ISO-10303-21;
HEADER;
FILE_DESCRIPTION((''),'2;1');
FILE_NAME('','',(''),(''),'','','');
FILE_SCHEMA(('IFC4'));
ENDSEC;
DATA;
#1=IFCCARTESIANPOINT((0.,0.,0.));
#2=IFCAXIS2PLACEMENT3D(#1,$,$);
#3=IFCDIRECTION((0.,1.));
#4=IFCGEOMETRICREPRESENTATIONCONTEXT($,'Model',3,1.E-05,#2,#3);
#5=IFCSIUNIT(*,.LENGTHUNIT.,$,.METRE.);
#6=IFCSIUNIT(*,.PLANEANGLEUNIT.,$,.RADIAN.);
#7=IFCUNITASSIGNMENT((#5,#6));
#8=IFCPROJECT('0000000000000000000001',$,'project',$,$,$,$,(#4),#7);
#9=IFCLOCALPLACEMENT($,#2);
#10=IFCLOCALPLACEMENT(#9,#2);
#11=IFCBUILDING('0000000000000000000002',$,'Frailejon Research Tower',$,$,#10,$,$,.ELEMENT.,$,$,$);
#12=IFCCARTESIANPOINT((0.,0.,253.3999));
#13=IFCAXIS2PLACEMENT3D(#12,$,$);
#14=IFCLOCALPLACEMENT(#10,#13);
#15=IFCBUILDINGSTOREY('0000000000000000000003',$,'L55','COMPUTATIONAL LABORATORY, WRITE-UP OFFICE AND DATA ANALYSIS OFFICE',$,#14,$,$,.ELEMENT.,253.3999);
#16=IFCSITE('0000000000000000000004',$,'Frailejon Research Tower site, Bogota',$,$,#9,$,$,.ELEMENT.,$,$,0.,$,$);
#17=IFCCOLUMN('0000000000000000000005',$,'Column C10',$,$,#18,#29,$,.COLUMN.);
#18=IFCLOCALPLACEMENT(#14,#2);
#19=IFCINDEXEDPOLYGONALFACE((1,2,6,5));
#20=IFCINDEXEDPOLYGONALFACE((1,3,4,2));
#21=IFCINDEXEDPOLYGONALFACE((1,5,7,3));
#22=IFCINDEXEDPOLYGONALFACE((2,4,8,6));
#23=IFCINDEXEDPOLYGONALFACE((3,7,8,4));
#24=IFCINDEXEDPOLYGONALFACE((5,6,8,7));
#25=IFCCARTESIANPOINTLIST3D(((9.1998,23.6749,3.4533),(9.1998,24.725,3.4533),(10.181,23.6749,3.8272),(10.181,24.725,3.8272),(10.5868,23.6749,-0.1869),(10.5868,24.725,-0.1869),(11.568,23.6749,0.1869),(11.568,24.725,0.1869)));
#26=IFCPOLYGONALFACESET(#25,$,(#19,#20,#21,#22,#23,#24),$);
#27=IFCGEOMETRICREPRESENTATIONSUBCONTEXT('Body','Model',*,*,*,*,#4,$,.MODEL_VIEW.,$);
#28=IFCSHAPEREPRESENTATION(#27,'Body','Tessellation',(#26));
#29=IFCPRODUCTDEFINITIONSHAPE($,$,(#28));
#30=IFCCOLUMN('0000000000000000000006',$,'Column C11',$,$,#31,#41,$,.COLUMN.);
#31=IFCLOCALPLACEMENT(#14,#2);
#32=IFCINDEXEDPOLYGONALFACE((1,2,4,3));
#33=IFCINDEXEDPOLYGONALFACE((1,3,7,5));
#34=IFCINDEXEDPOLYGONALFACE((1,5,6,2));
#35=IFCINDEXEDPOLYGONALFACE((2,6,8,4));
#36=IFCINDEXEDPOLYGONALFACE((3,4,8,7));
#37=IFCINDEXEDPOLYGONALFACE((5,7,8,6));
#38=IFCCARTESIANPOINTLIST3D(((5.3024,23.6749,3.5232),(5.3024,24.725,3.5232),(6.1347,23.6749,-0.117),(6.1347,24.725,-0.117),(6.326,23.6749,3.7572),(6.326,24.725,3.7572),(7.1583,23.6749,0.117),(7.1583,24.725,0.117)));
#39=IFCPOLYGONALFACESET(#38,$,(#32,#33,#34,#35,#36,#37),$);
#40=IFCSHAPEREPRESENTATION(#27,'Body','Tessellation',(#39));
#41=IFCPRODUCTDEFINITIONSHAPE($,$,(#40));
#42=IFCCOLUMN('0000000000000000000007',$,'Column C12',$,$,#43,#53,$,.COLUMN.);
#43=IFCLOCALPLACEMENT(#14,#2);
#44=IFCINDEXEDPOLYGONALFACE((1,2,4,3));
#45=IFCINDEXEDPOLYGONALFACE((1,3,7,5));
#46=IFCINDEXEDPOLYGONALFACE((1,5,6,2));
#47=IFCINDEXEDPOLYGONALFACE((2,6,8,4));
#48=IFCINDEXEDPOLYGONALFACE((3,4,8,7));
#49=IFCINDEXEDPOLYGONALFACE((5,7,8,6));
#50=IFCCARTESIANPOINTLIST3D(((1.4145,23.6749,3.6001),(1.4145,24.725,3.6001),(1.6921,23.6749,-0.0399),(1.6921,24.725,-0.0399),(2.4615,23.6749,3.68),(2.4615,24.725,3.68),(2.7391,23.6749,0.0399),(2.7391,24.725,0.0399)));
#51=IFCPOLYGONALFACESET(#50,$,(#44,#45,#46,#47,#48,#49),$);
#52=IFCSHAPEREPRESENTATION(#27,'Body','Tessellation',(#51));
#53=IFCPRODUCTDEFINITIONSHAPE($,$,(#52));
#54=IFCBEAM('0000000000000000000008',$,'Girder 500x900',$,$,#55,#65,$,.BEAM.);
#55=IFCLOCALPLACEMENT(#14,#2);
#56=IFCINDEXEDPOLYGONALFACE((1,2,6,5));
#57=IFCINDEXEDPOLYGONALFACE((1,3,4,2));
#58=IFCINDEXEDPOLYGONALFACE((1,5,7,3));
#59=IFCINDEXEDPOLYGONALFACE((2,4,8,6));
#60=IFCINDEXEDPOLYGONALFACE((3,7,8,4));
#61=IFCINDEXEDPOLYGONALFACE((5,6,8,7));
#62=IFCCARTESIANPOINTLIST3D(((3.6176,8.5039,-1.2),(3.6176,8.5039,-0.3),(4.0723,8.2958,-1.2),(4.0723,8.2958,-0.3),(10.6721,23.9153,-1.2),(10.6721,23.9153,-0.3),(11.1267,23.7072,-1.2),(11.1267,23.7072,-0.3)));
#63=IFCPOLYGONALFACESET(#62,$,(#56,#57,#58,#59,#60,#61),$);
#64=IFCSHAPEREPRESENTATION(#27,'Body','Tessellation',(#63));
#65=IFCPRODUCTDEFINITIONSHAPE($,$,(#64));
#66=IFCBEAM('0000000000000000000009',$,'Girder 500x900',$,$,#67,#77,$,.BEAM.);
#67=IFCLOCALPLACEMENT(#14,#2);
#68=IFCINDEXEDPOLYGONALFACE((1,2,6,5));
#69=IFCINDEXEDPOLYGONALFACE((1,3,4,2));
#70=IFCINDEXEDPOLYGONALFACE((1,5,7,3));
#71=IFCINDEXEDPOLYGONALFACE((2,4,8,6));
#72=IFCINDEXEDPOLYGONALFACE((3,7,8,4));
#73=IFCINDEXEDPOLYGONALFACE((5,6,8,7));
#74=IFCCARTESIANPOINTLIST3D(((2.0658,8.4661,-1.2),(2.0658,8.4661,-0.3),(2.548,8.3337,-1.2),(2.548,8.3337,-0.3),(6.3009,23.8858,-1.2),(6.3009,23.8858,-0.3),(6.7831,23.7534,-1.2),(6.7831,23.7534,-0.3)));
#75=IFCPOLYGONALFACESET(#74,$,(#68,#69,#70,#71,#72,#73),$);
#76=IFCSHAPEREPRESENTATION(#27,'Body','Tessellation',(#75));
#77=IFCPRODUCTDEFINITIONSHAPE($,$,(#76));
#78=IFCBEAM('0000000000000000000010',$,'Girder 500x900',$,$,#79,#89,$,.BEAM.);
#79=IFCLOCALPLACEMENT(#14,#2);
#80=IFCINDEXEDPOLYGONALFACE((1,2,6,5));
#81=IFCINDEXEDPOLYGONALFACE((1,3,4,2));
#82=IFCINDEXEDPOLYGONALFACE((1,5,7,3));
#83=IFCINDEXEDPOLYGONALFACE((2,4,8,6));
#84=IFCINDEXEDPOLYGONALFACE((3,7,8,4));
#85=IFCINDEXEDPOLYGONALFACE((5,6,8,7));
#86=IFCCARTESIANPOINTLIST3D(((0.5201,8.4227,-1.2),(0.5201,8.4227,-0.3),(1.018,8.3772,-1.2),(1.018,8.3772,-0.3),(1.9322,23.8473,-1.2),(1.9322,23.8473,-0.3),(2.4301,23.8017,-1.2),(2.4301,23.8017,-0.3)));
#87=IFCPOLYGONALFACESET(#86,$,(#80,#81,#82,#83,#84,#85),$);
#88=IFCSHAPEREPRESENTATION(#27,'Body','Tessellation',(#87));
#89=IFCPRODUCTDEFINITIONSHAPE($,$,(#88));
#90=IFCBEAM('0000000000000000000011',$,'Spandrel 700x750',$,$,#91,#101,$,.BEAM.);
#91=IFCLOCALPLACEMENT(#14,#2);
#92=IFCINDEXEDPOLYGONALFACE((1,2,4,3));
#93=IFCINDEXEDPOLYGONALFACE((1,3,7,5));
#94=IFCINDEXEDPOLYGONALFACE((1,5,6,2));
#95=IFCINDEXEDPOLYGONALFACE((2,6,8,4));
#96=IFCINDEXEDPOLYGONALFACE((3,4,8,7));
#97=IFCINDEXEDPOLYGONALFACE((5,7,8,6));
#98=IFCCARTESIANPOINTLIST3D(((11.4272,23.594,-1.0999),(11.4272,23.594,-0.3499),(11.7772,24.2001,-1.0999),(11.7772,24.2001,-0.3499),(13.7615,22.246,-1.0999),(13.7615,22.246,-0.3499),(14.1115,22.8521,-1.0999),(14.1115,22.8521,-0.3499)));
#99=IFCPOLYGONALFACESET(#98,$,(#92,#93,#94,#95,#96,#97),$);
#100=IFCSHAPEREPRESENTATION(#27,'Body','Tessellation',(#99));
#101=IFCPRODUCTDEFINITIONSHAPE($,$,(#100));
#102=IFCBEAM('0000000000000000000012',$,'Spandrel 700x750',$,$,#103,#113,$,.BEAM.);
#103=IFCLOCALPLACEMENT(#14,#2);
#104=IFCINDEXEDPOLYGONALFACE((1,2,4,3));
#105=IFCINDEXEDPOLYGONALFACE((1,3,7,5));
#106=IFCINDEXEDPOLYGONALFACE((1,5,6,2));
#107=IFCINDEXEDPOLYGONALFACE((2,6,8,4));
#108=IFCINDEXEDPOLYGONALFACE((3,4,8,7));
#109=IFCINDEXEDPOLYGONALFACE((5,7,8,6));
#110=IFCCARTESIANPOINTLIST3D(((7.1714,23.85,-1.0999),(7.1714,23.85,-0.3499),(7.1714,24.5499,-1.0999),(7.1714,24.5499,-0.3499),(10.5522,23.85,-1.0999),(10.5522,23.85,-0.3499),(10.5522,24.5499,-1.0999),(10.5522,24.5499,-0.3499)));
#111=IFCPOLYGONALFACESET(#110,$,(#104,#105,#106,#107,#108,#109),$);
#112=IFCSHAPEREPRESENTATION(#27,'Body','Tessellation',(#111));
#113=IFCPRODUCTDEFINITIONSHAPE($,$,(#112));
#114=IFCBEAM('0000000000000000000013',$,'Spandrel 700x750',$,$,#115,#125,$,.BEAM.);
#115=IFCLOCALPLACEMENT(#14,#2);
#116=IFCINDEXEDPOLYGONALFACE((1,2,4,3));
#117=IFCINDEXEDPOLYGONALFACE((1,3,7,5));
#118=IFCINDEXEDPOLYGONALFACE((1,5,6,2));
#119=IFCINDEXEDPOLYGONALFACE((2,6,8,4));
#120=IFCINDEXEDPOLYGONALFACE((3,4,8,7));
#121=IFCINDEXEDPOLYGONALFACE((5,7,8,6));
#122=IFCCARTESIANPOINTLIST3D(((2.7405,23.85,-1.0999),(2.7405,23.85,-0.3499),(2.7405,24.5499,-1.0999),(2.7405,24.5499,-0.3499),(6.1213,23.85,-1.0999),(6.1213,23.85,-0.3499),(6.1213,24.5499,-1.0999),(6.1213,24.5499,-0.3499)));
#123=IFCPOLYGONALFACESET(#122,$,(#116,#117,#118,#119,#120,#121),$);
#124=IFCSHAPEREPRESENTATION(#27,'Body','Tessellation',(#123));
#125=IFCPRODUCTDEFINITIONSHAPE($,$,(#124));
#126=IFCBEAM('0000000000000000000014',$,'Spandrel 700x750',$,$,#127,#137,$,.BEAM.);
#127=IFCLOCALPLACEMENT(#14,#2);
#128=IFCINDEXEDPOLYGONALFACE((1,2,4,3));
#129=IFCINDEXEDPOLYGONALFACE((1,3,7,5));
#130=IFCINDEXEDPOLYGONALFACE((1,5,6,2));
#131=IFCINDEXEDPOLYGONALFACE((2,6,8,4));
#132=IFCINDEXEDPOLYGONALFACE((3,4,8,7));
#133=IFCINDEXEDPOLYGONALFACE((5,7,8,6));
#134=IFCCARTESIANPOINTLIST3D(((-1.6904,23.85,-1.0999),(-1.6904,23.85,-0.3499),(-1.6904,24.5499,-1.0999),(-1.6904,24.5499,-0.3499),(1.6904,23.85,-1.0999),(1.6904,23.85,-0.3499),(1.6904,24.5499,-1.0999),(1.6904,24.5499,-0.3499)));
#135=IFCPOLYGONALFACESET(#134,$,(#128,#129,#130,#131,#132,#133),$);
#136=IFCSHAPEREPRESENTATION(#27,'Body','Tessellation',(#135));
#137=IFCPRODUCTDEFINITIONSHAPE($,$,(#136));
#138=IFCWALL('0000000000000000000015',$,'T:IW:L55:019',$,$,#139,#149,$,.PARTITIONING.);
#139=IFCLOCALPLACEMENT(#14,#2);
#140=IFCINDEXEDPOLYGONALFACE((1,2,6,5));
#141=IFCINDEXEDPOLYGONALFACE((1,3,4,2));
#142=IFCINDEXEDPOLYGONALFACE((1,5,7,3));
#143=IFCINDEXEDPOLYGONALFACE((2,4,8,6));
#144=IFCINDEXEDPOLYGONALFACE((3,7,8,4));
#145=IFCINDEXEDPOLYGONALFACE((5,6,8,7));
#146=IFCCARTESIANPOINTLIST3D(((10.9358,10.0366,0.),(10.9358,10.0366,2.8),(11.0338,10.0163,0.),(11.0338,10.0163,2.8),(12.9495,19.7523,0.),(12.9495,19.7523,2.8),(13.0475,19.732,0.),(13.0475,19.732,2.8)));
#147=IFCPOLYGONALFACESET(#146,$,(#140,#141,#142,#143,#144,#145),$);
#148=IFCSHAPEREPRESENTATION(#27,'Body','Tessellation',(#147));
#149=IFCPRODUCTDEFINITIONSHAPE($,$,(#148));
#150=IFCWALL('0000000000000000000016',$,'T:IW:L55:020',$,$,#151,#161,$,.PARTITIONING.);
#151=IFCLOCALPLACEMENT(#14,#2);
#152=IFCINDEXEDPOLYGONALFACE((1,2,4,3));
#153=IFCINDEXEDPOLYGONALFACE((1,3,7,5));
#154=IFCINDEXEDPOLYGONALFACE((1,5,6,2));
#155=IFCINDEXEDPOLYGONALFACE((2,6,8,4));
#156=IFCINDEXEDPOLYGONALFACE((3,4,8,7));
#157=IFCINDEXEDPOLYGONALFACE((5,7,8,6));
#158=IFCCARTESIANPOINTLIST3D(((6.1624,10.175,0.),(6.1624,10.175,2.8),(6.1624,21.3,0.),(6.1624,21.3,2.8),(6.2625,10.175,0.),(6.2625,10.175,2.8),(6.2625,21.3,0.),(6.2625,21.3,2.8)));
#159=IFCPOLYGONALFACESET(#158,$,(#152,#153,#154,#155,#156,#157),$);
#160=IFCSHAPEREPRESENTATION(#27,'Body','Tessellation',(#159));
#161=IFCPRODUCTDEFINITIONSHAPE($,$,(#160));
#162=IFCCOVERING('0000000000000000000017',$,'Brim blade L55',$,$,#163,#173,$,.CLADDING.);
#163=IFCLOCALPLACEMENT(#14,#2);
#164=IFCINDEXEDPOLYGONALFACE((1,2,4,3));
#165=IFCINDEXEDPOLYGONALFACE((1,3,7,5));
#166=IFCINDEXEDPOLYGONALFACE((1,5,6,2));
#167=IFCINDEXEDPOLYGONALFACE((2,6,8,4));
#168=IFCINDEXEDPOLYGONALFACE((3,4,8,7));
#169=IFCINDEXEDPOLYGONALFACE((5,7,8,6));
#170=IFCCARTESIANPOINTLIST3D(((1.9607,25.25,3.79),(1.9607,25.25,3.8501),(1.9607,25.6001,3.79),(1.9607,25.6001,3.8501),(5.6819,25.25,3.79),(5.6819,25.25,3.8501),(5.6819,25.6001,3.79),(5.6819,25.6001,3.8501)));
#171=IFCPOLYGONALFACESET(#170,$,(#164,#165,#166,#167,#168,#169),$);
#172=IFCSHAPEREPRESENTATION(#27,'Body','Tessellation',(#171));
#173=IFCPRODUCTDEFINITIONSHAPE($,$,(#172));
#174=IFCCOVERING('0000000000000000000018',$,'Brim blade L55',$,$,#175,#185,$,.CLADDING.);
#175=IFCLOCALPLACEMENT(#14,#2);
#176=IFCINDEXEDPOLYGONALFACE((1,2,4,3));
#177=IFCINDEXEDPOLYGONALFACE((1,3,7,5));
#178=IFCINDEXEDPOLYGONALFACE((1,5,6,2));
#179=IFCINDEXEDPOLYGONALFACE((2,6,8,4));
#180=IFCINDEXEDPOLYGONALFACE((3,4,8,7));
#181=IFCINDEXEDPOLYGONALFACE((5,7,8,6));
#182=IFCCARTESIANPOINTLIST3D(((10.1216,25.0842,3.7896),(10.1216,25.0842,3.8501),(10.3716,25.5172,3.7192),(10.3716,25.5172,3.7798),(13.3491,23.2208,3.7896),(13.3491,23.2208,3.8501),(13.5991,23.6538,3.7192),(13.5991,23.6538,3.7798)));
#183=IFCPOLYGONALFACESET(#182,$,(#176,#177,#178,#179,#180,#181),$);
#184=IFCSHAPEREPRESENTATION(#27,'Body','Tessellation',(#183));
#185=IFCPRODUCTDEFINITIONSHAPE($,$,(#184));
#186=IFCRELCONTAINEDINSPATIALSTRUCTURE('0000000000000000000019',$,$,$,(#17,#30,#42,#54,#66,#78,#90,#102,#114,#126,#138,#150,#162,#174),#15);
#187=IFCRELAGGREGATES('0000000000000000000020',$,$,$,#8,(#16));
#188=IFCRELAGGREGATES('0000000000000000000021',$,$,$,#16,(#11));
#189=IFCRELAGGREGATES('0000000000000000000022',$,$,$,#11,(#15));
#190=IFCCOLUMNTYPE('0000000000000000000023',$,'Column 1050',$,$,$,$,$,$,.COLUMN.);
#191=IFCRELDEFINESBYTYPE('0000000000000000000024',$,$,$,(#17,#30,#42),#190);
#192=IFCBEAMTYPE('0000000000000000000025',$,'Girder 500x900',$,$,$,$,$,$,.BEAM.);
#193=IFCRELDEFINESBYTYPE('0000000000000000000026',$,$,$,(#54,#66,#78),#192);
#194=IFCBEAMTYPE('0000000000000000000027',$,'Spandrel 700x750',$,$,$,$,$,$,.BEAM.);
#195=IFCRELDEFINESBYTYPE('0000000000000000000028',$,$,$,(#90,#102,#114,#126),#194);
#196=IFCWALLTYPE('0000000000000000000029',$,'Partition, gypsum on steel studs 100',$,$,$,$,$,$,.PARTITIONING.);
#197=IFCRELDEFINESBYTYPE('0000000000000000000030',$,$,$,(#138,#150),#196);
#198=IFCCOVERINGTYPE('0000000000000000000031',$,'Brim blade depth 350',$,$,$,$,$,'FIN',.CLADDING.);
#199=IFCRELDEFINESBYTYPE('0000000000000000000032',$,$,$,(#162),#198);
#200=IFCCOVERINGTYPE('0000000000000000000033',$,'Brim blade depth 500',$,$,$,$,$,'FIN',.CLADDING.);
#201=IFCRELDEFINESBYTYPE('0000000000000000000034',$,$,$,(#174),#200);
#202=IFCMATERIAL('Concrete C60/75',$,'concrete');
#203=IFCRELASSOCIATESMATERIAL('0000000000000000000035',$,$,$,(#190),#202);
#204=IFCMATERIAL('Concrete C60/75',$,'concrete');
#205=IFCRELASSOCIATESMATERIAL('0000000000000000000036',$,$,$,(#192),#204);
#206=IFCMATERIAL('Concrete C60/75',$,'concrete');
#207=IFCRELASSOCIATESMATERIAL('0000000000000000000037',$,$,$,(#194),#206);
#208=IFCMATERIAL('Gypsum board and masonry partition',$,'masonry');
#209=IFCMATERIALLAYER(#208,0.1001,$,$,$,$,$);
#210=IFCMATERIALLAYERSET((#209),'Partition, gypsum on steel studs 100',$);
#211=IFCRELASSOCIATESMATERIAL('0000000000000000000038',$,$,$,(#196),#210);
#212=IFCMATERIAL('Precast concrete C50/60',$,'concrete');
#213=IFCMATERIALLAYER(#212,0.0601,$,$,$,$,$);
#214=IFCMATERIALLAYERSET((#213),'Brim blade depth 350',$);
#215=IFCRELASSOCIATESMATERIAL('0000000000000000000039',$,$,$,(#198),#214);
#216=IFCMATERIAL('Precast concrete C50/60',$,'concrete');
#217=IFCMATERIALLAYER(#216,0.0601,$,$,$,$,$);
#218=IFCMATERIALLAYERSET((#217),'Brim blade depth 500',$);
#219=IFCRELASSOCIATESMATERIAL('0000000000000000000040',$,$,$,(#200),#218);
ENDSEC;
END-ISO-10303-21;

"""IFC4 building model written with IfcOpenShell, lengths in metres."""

from ifc_helpers import new_model, si_unit, direction, frame, frame_2d, origin, origin_2d, place, context, subcontext, project, spatial, polyline, rectangle, outline, extrude, material, layer, layer_set, material_profile, profile_set, type_object, element, save


model = new_model("IFC4")

# Units and contexts
model_context = context("Model", 3, precision=1e-05, world=origin(), true_north=direction((0.0, 1.0)))
body_context = subcontext(model_context, "Body", "Model", "MODEL_VIEW")
ifc_project = project(units=[si_unit("LENGTHUNIT", "METRE"), si_unit("PLANEANGLEUNIT", "RADIAN")], contexts=[model_context])

# Site, building, storey
site_placement = place(None, origin())
site = spatial("IfcSite", under=ifc_project, at=site_placement, Name="Frailejon Research Tower site, Bogota", CompositionType="ELEMENT", RefElevation=0.0)
building_placement = place(site_placement, origin())
building = spatial("IfcBuilding", under=site, at=building_placement, Name="Frailejon Research Tower", CompositionType="ELEMENT")
storey_placement = place(building_placement, frame((0.0, 0.0, 253.3999)))
storey = spatial("IfcBuildingStorey", under=building, at=storey_placement, Name="L55", Description="COMPUTATIONAL LABORATORY, WRITE-UP OFFICE AND DATA ANALYSIS OFFICE", CompositionType="ELEMENT", Elevation=253.3999)

# Columns
ifc_material_1 = material(Name="Concrete C60/75", Category="concrete")
ifc_material_profile_1 = material_profile(ifc_material_1, rectangle(XDim=1.05, YDim=1.05, at=origin_2d()), Name="Column 1050")
ifc_profile_set_1 = profile_set([ifc_material_profile_1], Name="Concrete C60/75")
column_type = type_object("IfcColumnType", Name="Column 1050", PredefinedType="COLUMN", material=ifc_profile_set_1)
column_1_placement = place(storey_placement, frame((11.0774, 24.2, 0.0), z_axis=(-0.35605, 0.0, 0.934467), x_axis=(-0.934467, 0.0, -0.35605)))
element("IfcColumn", 1, at=column_1_placement, inside=storey, type_object=column_type, Name="Column C10", PredefinedType="COLUMN", context=body_context, shape_type="SweptSolid", body=[
    extrude(rectangle(XDim=1.05, YDim=1.05, at=origin_2d()), origin(), (0.0, 0.0, 1.0), 3.8955),
])
column_2_placement = place(storey_placement, frame((6.6465, 24.2, 0.0), z_axis=(-0.222887, 0.0, 0.974844), x_axis=(-0.974844, 0.0, -0.222887)))
element("IfcColumn", 2, at=column_2_placement, inside=storey, type_object=column_type, Name="Column C11", PredefinedType="COLUMN", context=body_context, shape_type="SweptSolid", body=[
    extrude(rectangle(XDim=1.05, YDim=1.05, at=origin_2d()), origin(), (0.0, 0.0, 1.0), 3.7341),
])
column_3_placement = place(storey_placement, frame((2.2156, 24.2, 0.0), z_axis=(-0.076037, 0.0, 0.997105), x_axis=(-0.997105, 0.0, -0.076037)))
element("IfcColumn", 3, at=column_3_placement, inside=storey, type_object=column_type, Name="Column C12", PredefinedType="COLUMN", context=body_context, shape_type="SweptSolid", body=[
    extrude(rectangle(XDim=1.05, YDim=1.05, at=origin_2d()), origin(), (0.0, 0.0, 1.0), 3.6506),
])

# Beams
ifc_material_2 = material(Name="Concrete C60/75", Category="concrete")
ifc_material_profile_2 = material_profile(ifc_material_2, rectangle(XDim=0.5, YDim=0.8999, at=origin_2d()), Name="Girder 500x900")
ifc_profile_set_2 = profile_set([ifc_material_profile_2], Name="Concrete C60/75")
beam_type_1 = type_object("IfcBeamType", Name="Girder 500x900", PredefinedType="BEAM", material=ifc_profile_set_2)
beam_1_placement = place(storey_placement, frame((10.8994, 23.8113, -0.75), z_axis=(-0.416211, -0.909268, 0.0), x_axis=(0.909268, -0.416211, 0.0)))
element("IfcBeam", 4, at=beam_1_placement, inside=storey, type_object=beam_type_1, Name="Girder 500x900", PredefinedType="BEAM", context=body_context, shape_type="SweptSolid", body=[
    extrude(rectangle(XDim=0.5, YDim=0.8999, at=origin_2d()), origin(), (0.0, 0.0, 1.0), 16.9492),
])
beam_2_placement = place(storey_placement, frame((6.542, 23.8196, -0.75), z_axis=(-0.264848, -0.96429, 0.0), x_axis=(0.96429, -0.264848, 0.0)))
element("IfcBeam", 5, at=beam_2_placement, inside=storey, type_object=beam_type_1, Name="Girder 500x900", PredefinedType="BEAM", context=body_context, shape_type="SweptSolid", body=[
    extrude(rectangle(XDim=0.5, YDim=0.8999, at=origin_2d()), origin(), (0.0, 0.0, 1.0), 15.9907),
])
beam_3_placement = place(storey_placement, frame((2.1812, 23.8245, -0.75), z_axis=(-0.091168, -0.995836, 0.0), x_axis=(0.995836, -0.091168, 0.0)))
element("IfcBeam", 6, at=beam_3_placement, inside=storey, type_object=beam_type_1, Name="Girder 500x900", PredefinedType="BEAM", context=body_context, shape_type="SweptSolid", body=[
    extrude(rectangle(XDim=0.5, YDim=0.8999, at=origin_2d()), origin(), (0.0, 0.0, 1.0), 15.489),
])
ifc_material_3 = material(Name="Concrete C60/75", Category="concrete")
ifc_material_profile_3 = material_profile(ifc_material_3, rectangle(XDim=0.7, YDim=0.75, at=origin_2d()), Name="Spandrel 700x750")
ifc_profile_set_3 = profile_set([ifc_material_profile_3], Name="Concrete C60/75")
beam_type_2 = type_object("IfcBeamType", Name="Spandrel 700x750", PredefinedType="BEAM", material=ifc_profile_set_3)
beam_4_placement = place(storey_placement, frame((13.9365, 22.5491, -0.7249), z_axis=(-0.865988, 0.500065, 0.0), x_axis=(-0.500065, -0.865988, 0.0)))
element("IfcBeam", 7, at=beam_4_placement, inside=storey, type_object=beam_type_2, Name="Spandrel 700x750", PredefinedType="BEAM", context=body_context, shape_type="SweptSolid", body=[
    extrude(rectangle(XDim=0.7, YDim=0.75, at=origin_2d()), origin(), (0.0, 0.0, 1.0), 2.6956),
])
for number, where, z_axis, x_axis, name in (
    (8, (10.5522, 24.2, -0.7249), (-1.0, 0.0, 0.0), (0.0, -1.0, 0.0), "Spandrel 700x750"),
    (9, (6.1213, 24.2, -0.7249), (-1.0, 0.0, 0.0), (0.0, -1.0, 0.0), "Spandrel 700x750"),
    (10, (1.6904, 24.2, -0.7249), (-1.0, 0.0, 0.0), (0.0, -1.0, 0.0), "Spandrel 700x750"),
):
    element("IfcBeam", number, at=place(storey_placement, frame(where, z_axis=z_axis, x_axis=x_axis)), inside=storey, type_object=beam_type_2, Name=name, PredefinedType="BEAM", context=body_context, shape_type="SweptSolid", body=[
        extrude(rectangle(XDim=0.7, YDim=0.75, at=origin_2d()), origin(), (0.0, 0.0, 1.0), 3.3809),
    ])

# Walls
ifc_material_4 = material(Name="Gypsum board and masonry partition", Category="masonry")
ifc_layer_1 = layer(ifc_material_4, 0.1001)
ifc_layer_set_1 = layer_set([ifc_layer_1], Name="Partition, gypsum on steel studs 100")
wall_type_1 = type_object("IfcWallType", Name="Partition, gypsum on steel studs 100", PredefinedType="PARTITIONING", material=ifc_layer_set_1)
wall_1_placement = place(storey_placement, frame((10.9849, 10.0266, 0.0), z_axis=(0.0, 0.0, 1.0), x_axis=(0.202949, 0.979189, 0.0)))
element("IfcWall", 11, at=wall_1_placement, inside=storey, type_object=wall_type_1, Name="T:IW:L55:019", PredefinedType="PARTITIONING", context=body_context, shape_type="SweptSolid", body=[
    extrude(rectangle(XDim=9.9221, YDim=0.1001, at=frame_2d((4.9609, 0.0))), origin(), (0.0, 0.0, 1.0), 2.8),
])
wall_2_placement = place(storey_placement, frame((6.2124, 10.175, 0.0), z_axis=(0.0, 0.0, 1.0), x_axis=(0.0, 1.0, 0.0)))
element("IfcWall", 12, at=wall_2_placement, inside=storey, type_object=wall_type_1, Name="T:IW:L55:020", PredefinedType="PARTITIONING", context=body_context, shape_type="SweptSolid", body=[
    extrude(rectangle(XDim=11.125, YDim=0.1001, at=frame_2d((5.5625, 0.0))), origin(), (0.0, 0.0, 1.0), 2.8),
])

# Coverings
ifc_material_5 = material(Name="Precast concrete C50/60", Category="concrete")
ifc_layer_2 = layer(ifc_material_5, 0.0601)
ifc_layer_set_2 = layer_set([ifc_layer_2], Name="Brim blade depth 350")
covering_type_1 = type_object("IfcCoveringType", Name="Brim blade depth 350", ElementType="FIN", PredefinedType="CLADDING", material=ifc_layer_set_2)
covering_1_placement = place(storey_placement, frame((1.9607, 25.25, 3.8501), z_axis=(1.0, 0.0, 0.0), x_axis=(0.0, 1.0, 0.0)))
element("IfcCovering", 13, at=covering_1_placement, inside=storey, type_object=covering_type_1, Name="Brim blade L55", PredefinedType="CLADDING", context=body_context, shape_type="SweptSolid", body=[
    extrude(outline(polyline([(0.0, -0.0601), (0.3501, -0.0601), (0.3501, 0.0), (0.0, 0.0), (0.0, -0.0601)])), origin(), (0.0, 0.0, 1.0), 3.7212),
])
ifc_material_6 = material(Name="Precast concrete C50/60", Category="concrete")
ifc_layer_3 = layer(ifc_material_6, 0.0601)
ifc_layer_set_3 = layer_set([ifc_layer_3], Name="Brim blade depth 500")
covering_type_2 = type_object("IfcCoveringType", Name="Brim blade depth 500", ElementType="FIN", PredefinedType="CLADDING", material=ifc_layer_set_3)
covering_2_placement = place(storey_placement, frame((10.1216, 25.0842, 3.8501), z_axis=(0.866018, -0.500012, 0.0), x_axis=(0.500012, 0.866018, 0.0)))
element("IfcCovering", 14, at=covering_2_placement, inside=storey, type_object=covering_type_2, Name="Brim blade L55", PredefinedType="CLADDING", context=body_context, shape_type="SweptSolid", body=[
    extrude(outline(polyline([(0.0, -0.0605), (0.5, -0.1309), (0.5, -0.0703), (0.0, 0.0), (0.0, -0.0605)])), origin(), (0.0, 0.0, 1.0), 3.7268),
])

save(model, "model.ifc")
